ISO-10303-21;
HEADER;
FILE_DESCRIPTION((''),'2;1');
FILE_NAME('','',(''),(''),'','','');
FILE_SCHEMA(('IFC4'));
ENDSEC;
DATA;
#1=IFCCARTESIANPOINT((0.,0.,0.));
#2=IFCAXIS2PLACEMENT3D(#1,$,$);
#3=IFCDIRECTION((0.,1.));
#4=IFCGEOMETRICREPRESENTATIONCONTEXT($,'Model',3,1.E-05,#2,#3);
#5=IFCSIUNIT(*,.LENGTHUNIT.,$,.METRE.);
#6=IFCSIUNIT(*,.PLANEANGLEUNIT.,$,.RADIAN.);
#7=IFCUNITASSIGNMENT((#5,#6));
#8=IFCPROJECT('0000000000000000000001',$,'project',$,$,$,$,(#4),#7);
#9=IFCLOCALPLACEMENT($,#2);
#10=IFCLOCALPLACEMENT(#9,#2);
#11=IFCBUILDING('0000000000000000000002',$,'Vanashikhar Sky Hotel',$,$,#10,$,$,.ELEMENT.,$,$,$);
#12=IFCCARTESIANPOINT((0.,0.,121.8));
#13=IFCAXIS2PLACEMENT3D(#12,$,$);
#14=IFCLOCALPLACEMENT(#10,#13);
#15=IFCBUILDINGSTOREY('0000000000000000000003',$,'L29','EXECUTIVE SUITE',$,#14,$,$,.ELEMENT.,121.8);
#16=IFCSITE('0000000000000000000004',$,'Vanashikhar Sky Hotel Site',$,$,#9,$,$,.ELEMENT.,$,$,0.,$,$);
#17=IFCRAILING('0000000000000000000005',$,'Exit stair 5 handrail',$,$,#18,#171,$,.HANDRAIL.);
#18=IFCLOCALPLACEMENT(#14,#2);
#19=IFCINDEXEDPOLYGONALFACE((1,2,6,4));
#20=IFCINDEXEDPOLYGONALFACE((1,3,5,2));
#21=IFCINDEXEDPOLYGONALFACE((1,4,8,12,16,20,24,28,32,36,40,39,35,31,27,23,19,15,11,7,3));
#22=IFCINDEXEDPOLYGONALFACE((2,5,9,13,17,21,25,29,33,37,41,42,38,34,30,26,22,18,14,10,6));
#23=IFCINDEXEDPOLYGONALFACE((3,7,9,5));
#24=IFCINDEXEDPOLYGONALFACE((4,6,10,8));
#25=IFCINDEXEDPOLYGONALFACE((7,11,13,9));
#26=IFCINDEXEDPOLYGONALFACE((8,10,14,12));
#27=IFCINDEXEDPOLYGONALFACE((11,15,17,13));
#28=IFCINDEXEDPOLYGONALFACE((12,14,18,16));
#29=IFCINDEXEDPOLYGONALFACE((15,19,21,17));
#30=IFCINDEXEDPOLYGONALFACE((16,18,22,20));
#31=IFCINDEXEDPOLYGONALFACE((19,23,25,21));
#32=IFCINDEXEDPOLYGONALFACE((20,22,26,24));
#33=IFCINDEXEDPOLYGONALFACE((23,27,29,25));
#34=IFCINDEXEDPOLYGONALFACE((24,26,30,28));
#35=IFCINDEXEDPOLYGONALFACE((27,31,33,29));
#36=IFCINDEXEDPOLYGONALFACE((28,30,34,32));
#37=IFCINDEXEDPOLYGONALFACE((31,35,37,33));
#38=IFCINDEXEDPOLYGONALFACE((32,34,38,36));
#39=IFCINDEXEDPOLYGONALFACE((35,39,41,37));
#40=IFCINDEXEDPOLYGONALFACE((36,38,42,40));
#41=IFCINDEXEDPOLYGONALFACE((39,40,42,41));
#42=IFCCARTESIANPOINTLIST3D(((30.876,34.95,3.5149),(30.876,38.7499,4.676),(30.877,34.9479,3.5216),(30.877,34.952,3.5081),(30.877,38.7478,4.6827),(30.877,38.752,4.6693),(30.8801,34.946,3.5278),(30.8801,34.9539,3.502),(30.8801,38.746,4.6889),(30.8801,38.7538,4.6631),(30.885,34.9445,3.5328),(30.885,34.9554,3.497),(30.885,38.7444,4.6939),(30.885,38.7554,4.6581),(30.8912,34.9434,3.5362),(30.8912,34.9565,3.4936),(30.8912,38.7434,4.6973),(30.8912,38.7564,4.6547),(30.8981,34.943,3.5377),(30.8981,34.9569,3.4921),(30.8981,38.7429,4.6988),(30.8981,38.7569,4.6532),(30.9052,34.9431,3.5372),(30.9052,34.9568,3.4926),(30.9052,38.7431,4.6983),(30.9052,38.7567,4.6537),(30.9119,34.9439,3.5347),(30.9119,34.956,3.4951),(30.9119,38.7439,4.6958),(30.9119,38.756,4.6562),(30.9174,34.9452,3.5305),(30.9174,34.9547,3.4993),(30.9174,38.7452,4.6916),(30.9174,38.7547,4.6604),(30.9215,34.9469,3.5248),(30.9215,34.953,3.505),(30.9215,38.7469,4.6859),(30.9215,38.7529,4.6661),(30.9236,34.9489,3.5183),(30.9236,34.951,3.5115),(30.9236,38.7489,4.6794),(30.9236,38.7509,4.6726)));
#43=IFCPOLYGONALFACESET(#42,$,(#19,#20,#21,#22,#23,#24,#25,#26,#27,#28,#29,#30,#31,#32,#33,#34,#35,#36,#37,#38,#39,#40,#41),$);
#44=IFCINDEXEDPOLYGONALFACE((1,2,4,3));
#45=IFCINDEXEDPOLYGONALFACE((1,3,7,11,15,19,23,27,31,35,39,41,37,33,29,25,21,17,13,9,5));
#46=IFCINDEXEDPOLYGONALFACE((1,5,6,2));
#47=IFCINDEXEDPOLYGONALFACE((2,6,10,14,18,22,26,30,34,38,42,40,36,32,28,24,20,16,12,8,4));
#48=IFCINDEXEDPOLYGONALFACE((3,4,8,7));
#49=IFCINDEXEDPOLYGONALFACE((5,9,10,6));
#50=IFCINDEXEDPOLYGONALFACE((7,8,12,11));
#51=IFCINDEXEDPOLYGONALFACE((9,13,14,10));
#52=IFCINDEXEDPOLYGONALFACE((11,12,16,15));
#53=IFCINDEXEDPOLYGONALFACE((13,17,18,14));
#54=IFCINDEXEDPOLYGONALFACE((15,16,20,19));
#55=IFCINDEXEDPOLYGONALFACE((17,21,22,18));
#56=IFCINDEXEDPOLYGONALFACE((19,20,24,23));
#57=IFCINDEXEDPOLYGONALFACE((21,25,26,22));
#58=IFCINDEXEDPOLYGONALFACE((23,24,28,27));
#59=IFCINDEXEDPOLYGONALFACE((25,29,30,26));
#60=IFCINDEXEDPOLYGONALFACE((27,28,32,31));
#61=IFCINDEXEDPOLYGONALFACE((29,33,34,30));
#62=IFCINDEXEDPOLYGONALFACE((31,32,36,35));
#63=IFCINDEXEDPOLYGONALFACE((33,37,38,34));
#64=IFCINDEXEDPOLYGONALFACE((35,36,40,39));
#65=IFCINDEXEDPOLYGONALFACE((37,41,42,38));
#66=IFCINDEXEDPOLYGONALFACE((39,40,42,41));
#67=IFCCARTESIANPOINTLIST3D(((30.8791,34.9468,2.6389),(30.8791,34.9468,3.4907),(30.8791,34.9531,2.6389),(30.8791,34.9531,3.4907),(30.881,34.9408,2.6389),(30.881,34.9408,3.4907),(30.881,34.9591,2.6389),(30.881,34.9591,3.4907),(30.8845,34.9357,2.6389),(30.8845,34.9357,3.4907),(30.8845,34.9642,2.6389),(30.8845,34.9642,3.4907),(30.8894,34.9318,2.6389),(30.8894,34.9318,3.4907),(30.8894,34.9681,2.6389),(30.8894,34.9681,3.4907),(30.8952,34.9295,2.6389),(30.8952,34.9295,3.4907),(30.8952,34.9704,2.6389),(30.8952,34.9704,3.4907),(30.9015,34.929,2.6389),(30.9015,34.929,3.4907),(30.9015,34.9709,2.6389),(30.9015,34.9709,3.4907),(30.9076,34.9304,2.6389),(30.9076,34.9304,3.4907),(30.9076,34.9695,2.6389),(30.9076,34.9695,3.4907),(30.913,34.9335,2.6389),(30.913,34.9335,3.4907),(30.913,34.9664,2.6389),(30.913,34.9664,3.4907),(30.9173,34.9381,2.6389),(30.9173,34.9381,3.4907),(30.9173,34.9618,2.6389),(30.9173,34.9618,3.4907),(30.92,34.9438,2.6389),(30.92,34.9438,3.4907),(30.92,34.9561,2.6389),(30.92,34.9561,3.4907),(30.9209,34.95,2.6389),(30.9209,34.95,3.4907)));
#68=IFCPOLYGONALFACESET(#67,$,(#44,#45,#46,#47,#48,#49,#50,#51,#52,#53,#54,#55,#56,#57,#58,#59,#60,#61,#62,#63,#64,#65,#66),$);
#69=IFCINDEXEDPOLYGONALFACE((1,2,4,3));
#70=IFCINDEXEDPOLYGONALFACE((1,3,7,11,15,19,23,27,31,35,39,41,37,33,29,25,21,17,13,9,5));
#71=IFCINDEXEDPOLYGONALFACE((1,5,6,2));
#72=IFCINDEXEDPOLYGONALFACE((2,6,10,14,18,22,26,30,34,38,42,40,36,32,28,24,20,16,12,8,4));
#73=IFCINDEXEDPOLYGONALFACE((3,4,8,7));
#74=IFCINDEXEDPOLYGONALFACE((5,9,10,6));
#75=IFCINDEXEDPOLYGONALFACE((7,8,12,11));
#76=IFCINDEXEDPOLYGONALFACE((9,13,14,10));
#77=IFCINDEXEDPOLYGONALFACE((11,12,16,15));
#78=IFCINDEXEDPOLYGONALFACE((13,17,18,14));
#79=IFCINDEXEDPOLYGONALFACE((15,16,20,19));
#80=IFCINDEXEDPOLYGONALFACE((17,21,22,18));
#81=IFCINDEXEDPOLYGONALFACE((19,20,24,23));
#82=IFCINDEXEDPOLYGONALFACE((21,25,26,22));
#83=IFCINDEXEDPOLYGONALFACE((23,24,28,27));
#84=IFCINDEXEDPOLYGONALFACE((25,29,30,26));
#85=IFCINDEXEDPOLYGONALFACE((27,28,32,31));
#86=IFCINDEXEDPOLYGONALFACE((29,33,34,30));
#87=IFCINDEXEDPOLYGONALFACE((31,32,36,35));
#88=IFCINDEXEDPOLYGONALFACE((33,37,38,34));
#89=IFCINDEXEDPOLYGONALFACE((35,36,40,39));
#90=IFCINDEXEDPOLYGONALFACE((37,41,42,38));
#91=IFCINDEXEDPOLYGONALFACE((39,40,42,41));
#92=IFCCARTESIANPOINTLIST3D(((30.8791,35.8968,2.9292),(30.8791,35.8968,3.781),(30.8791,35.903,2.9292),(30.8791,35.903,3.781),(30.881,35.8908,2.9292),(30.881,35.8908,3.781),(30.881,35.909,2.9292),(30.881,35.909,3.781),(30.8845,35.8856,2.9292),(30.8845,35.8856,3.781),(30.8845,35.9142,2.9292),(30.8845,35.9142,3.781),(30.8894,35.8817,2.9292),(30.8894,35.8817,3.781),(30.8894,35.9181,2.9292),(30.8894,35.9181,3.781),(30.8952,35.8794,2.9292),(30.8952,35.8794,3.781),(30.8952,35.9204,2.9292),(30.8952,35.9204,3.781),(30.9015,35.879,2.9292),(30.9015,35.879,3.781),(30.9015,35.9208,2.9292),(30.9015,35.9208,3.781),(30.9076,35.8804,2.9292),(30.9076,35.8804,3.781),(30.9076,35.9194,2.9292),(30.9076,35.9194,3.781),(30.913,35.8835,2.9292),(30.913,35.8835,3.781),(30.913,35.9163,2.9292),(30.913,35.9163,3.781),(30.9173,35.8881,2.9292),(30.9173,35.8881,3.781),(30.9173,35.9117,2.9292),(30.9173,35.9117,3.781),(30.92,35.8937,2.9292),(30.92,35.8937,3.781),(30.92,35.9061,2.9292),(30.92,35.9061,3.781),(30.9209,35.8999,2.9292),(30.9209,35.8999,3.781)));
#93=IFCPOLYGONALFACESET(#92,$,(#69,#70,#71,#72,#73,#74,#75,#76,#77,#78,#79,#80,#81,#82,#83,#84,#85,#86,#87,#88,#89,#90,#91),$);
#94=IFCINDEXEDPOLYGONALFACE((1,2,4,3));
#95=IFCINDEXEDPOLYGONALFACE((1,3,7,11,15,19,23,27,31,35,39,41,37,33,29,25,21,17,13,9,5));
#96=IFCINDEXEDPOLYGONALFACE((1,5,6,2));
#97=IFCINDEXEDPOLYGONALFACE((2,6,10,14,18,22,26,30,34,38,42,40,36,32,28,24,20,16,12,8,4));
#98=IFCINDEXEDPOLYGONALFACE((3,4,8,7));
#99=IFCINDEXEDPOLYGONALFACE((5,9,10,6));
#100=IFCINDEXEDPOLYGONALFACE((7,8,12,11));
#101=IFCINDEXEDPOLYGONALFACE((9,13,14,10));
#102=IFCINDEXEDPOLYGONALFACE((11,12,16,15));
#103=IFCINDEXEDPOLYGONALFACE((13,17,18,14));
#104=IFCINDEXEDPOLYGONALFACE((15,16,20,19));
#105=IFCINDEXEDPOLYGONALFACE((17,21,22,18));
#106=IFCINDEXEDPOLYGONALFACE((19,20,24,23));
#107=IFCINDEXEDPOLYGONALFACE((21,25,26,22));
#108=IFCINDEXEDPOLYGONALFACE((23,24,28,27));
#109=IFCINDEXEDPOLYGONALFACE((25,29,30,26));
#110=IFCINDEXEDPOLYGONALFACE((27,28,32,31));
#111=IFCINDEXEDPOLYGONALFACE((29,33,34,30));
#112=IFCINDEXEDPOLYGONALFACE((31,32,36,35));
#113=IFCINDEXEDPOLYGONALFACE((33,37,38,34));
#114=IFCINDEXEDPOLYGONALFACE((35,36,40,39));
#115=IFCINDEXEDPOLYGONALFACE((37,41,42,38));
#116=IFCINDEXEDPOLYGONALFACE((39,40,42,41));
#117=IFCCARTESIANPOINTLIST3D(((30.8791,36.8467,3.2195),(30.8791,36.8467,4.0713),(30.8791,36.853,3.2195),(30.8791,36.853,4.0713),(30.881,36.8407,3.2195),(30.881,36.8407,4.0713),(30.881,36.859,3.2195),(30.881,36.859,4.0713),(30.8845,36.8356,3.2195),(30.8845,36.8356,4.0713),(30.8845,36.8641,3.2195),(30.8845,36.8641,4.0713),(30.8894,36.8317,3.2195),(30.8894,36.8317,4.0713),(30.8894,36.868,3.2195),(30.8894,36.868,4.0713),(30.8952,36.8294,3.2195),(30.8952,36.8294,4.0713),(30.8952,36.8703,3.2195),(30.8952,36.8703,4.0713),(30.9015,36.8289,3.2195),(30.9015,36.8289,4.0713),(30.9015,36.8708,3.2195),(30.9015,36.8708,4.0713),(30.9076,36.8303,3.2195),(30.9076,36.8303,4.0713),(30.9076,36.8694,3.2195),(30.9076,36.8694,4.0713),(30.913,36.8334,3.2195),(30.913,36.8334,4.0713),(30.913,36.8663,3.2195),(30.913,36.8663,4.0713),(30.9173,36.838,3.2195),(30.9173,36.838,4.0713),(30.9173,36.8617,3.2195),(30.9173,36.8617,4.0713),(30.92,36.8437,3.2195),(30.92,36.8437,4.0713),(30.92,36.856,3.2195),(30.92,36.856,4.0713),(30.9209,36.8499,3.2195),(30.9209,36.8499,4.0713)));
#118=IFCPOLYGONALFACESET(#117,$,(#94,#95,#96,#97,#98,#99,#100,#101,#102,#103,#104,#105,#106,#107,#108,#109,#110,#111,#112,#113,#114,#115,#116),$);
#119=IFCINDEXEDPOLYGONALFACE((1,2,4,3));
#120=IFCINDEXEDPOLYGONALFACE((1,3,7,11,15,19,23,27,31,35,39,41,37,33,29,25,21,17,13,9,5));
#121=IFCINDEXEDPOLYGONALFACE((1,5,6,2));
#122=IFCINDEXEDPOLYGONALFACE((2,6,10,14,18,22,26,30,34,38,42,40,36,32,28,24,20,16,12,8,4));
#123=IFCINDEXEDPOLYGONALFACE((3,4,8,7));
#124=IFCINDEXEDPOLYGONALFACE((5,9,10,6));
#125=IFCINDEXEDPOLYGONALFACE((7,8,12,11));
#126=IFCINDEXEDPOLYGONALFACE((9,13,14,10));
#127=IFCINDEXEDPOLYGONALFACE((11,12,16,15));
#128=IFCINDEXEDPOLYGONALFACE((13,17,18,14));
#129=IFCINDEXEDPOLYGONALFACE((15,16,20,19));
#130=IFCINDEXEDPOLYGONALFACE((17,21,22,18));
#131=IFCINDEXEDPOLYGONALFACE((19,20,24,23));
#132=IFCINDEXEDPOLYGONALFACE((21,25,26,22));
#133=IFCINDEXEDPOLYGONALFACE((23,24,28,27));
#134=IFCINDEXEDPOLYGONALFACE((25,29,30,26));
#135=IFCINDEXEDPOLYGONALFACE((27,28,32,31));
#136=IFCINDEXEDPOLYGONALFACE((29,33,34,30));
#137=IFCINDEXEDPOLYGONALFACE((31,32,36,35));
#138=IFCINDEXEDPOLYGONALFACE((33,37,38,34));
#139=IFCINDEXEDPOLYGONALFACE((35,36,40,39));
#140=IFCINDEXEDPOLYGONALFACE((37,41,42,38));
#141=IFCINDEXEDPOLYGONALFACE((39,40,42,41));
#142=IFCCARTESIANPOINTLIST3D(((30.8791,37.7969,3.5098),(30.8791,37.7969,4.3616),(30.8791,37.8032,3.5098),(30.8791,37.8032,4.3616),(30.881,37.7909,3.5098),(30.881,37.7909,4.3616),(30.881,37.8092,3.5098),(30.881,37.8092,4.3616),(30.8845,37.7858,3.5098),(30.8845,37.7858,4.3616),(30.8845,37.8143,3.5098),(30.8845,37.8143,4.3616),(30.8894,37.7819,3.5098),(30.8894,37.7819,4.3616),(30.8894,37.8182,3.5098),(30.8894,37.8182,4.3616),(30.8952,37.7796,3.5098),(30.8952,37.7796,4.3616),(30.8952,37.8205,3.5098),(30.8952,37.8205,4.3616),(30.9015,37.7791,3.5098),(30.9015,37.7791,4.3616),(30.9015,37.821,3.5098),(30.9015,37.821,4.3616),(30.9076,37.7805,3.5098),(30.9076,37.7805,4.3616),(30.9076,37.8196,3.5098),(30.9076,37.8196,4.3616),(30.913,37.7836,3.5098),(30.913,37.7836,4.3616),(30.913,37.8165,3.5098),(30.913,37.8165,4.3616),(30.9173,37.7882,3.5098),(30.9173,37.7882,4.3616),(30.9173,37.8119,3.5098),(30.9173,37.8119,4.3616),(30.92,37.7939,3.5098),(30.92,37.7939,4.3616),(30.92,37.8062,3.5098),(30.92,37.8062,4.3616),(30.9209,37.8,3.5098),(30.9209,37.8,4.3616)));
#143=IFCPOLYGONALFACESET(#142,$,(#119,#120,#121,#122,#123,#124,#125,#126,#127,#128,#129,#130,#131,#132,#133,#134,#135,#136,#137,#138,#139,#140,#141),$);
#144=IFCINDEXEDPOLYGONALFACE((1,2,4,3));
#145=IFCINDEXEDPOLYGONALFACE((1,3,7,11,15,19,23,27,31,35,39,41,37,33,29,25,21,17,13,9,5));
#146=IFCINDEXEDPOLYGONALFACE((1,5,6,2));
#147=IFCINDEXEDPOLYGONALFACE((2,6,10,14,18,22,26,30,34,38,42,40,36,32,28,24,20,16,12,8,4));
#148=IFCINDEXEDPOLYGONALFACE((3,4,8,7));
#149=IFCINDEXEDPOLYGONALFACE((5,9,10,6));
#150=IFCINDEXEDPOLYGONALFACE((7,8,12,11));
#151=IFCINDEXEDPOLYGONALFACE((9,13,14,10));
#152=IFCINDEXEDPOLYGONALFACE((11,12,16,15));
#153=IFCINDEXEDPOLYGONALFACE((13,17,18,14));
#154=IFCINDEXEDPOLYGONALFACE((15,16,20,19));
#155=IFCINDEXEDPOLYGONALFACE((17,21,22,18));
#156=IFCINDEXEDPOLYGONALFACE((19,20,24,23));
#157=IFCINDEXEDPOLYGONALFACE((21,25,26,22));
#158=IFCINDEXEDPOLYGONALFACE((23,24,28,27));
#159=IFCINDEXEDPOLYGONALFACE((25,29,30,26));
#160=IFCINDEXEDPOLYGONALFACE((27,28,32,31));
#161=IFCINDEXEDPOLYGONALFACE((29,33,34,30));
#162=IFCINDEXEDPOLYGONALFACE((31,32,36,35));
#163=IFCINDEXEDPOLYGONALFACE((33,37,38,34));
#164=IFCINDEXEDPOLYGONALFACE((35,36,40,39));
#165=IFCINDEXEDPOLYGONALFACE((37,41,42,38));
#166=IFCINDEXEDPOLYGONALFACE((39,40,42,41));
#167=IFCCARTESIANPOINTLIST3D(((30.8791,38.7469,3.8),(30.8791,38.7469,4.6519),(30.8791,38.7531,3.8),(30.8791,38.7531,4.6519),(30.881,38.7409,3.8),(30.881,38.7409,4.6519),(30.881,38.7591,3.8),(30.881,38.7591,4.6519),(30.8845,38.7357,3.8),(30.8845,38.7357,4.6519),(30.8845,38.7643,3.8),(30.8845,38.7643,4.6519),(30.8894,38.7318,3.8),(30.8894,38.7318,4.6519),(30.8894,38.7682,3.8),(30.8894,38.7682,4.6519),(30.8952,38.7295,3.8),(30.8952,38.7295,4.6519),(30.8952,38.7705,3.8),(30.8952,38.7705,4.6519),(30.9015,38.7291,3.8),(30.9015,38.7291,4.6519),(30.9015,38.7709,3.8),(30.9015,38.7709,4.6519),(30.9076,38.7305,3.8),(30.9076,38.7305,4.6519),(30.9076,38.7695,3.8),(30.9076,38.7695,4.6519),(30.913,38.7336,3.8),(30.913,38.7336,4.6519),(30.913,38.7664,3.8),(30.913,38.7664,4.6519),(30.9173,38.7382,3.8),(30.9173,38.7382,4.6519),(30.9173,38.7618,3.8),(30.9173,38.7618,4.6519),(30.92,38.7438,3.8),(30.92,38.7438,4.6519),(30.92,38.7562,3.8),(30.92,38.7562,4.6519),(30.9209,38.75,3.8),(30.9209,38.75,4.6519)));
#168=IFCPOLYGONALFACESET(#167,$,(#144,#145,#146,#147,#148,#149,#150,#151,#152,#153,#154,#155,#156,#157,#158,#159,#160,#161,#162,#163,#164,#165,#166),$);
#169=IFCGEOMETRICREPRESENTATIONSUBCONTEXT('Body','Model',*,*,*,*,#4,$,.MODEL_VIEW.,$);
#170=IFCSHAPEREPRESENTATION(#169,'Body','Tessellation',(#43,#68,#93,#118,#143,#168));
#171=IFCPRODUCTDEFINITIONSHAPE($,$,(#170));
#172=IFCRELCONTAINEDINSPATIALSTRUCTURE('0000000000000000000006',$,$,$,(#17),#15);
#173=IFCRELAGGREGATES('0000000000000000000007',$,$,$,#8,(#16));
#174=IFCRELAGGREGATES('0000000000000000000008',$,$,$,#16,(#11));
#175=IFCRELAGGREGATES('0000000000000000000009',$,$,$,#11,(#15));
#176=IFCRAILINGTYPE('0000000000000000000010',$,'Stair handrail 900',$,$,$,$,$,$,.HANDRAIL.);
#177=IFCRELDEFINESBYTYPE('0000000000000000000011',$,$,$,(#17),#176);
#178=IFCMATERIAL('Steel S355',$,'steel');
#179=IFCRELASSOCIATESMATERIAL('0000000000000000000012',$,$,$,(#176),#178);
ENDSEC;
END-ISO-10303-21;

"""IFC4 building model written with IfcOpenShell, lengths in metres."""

from ifc_helpers import new_model, si_unit, direction, frame, origin, origin_2d, place, context, subcontext, project, spatial, circle, extrude, source, transform, mapped, material, type_object, element, save


model = new_model("IFC4")

# Units and contexts
model_context = context("Model", 3, precision=1e-05, world=origin(), true_north=direction((0.0, 1.0)))
body_context = subcontext(model_context, "Body", "Model", "MODEL_VIEW")
ifc_project = project(units=[si_unit("LENGTHUNIT", "METRE"), si_unit("PLANEANGLEUNIT", "RADIAN")], contexts=[model_context])

# Site, building, storey
site_placement = place(None, origin())
site = spatial("IfcSite", under=ifc_project, at=site_placement, Name="Vanashikhar Sky Hotel Site", CompositionType="ELEMENT", RefElevation=0.0)
building_placement = place(site_placement, origin())
building = spatial("IfcBuilding", under=site, at=building_placement, Name="Vanashikhar Sky Hotel", CompositionType="ELEMENT")
storey_placement = place(building_placement, frame((0.0, 0.0, 121.8)))
storey = spatial("IfcBuildingStorey", under=building, at=storey_placement, Name="L29", Description="EXECUTIVE SUITE", CompositionType="ELEMENT", Elevation=121.8)

# Railing
ifc_material_1 = material(Name="Steel S355", Category="steel")
railing_type_1 = type_object("IfcRailingType", Name="Stair handrail 900", PredefinedType="HANDRAIL", material=ifc_material_1)
shared_shape_1 = source(origin(), body_context, "Body", "SweptSolid", [
    extrude(circle(Radius=0.0239, at=origin_2d()), frame((0.0, 0.0, 0.876), z_axis=(0.0, 0.956351, 0.29222), x_axis=(-1.0, 0.0, 0.0)), (0.0, 0.0, 1.0), 3.9734),
    extrude(circle(Radius=0.021, at=origin_2d()), origin(), (0.0, 0.0, 1.0), 0.8518),
    extrude(circle(Radius=0.021, at=origin_2d()), frame((0.0, 0.95, 0.2903)), (0.0, 0.0, 1.0), 0.8518),
    extrude(circle(Radius=0.021, at=origin_2d()), frame((0.0, 1.8999, 0.5806)), (0.0, 0.0, 1.0), 0.8518),
    extrude(circle(Radius=0.021, at=origin_2d()), frame((0.0, 2.8501, 0.8708)), (0.0, 0.0, 1.0), 0.8518),
    extrude(circle(Radius=0.021, at=origin_2d()), frame((0.0, 3.8, 1.1611)), (0.0, 0.0, 1.0), 0.8518),
])
for number, where, name in (
    (1, (30.8999, 34.95, 2.6389), "Exit stair 5 handrail"),
):
    element("IfcRailing", number, at=place(storey_placement, frame(where)), inside=storey, type_object=railing_type_1, Name=name, PredefinedType="HANDRAIL", context=body_context, shape_type="MappedRepresentation", body=[
        mapped(shared_shape_1, transform((0.0, 0.0, 0.0), scale=1.0)),
    ])

save(model, "model.ifc")
